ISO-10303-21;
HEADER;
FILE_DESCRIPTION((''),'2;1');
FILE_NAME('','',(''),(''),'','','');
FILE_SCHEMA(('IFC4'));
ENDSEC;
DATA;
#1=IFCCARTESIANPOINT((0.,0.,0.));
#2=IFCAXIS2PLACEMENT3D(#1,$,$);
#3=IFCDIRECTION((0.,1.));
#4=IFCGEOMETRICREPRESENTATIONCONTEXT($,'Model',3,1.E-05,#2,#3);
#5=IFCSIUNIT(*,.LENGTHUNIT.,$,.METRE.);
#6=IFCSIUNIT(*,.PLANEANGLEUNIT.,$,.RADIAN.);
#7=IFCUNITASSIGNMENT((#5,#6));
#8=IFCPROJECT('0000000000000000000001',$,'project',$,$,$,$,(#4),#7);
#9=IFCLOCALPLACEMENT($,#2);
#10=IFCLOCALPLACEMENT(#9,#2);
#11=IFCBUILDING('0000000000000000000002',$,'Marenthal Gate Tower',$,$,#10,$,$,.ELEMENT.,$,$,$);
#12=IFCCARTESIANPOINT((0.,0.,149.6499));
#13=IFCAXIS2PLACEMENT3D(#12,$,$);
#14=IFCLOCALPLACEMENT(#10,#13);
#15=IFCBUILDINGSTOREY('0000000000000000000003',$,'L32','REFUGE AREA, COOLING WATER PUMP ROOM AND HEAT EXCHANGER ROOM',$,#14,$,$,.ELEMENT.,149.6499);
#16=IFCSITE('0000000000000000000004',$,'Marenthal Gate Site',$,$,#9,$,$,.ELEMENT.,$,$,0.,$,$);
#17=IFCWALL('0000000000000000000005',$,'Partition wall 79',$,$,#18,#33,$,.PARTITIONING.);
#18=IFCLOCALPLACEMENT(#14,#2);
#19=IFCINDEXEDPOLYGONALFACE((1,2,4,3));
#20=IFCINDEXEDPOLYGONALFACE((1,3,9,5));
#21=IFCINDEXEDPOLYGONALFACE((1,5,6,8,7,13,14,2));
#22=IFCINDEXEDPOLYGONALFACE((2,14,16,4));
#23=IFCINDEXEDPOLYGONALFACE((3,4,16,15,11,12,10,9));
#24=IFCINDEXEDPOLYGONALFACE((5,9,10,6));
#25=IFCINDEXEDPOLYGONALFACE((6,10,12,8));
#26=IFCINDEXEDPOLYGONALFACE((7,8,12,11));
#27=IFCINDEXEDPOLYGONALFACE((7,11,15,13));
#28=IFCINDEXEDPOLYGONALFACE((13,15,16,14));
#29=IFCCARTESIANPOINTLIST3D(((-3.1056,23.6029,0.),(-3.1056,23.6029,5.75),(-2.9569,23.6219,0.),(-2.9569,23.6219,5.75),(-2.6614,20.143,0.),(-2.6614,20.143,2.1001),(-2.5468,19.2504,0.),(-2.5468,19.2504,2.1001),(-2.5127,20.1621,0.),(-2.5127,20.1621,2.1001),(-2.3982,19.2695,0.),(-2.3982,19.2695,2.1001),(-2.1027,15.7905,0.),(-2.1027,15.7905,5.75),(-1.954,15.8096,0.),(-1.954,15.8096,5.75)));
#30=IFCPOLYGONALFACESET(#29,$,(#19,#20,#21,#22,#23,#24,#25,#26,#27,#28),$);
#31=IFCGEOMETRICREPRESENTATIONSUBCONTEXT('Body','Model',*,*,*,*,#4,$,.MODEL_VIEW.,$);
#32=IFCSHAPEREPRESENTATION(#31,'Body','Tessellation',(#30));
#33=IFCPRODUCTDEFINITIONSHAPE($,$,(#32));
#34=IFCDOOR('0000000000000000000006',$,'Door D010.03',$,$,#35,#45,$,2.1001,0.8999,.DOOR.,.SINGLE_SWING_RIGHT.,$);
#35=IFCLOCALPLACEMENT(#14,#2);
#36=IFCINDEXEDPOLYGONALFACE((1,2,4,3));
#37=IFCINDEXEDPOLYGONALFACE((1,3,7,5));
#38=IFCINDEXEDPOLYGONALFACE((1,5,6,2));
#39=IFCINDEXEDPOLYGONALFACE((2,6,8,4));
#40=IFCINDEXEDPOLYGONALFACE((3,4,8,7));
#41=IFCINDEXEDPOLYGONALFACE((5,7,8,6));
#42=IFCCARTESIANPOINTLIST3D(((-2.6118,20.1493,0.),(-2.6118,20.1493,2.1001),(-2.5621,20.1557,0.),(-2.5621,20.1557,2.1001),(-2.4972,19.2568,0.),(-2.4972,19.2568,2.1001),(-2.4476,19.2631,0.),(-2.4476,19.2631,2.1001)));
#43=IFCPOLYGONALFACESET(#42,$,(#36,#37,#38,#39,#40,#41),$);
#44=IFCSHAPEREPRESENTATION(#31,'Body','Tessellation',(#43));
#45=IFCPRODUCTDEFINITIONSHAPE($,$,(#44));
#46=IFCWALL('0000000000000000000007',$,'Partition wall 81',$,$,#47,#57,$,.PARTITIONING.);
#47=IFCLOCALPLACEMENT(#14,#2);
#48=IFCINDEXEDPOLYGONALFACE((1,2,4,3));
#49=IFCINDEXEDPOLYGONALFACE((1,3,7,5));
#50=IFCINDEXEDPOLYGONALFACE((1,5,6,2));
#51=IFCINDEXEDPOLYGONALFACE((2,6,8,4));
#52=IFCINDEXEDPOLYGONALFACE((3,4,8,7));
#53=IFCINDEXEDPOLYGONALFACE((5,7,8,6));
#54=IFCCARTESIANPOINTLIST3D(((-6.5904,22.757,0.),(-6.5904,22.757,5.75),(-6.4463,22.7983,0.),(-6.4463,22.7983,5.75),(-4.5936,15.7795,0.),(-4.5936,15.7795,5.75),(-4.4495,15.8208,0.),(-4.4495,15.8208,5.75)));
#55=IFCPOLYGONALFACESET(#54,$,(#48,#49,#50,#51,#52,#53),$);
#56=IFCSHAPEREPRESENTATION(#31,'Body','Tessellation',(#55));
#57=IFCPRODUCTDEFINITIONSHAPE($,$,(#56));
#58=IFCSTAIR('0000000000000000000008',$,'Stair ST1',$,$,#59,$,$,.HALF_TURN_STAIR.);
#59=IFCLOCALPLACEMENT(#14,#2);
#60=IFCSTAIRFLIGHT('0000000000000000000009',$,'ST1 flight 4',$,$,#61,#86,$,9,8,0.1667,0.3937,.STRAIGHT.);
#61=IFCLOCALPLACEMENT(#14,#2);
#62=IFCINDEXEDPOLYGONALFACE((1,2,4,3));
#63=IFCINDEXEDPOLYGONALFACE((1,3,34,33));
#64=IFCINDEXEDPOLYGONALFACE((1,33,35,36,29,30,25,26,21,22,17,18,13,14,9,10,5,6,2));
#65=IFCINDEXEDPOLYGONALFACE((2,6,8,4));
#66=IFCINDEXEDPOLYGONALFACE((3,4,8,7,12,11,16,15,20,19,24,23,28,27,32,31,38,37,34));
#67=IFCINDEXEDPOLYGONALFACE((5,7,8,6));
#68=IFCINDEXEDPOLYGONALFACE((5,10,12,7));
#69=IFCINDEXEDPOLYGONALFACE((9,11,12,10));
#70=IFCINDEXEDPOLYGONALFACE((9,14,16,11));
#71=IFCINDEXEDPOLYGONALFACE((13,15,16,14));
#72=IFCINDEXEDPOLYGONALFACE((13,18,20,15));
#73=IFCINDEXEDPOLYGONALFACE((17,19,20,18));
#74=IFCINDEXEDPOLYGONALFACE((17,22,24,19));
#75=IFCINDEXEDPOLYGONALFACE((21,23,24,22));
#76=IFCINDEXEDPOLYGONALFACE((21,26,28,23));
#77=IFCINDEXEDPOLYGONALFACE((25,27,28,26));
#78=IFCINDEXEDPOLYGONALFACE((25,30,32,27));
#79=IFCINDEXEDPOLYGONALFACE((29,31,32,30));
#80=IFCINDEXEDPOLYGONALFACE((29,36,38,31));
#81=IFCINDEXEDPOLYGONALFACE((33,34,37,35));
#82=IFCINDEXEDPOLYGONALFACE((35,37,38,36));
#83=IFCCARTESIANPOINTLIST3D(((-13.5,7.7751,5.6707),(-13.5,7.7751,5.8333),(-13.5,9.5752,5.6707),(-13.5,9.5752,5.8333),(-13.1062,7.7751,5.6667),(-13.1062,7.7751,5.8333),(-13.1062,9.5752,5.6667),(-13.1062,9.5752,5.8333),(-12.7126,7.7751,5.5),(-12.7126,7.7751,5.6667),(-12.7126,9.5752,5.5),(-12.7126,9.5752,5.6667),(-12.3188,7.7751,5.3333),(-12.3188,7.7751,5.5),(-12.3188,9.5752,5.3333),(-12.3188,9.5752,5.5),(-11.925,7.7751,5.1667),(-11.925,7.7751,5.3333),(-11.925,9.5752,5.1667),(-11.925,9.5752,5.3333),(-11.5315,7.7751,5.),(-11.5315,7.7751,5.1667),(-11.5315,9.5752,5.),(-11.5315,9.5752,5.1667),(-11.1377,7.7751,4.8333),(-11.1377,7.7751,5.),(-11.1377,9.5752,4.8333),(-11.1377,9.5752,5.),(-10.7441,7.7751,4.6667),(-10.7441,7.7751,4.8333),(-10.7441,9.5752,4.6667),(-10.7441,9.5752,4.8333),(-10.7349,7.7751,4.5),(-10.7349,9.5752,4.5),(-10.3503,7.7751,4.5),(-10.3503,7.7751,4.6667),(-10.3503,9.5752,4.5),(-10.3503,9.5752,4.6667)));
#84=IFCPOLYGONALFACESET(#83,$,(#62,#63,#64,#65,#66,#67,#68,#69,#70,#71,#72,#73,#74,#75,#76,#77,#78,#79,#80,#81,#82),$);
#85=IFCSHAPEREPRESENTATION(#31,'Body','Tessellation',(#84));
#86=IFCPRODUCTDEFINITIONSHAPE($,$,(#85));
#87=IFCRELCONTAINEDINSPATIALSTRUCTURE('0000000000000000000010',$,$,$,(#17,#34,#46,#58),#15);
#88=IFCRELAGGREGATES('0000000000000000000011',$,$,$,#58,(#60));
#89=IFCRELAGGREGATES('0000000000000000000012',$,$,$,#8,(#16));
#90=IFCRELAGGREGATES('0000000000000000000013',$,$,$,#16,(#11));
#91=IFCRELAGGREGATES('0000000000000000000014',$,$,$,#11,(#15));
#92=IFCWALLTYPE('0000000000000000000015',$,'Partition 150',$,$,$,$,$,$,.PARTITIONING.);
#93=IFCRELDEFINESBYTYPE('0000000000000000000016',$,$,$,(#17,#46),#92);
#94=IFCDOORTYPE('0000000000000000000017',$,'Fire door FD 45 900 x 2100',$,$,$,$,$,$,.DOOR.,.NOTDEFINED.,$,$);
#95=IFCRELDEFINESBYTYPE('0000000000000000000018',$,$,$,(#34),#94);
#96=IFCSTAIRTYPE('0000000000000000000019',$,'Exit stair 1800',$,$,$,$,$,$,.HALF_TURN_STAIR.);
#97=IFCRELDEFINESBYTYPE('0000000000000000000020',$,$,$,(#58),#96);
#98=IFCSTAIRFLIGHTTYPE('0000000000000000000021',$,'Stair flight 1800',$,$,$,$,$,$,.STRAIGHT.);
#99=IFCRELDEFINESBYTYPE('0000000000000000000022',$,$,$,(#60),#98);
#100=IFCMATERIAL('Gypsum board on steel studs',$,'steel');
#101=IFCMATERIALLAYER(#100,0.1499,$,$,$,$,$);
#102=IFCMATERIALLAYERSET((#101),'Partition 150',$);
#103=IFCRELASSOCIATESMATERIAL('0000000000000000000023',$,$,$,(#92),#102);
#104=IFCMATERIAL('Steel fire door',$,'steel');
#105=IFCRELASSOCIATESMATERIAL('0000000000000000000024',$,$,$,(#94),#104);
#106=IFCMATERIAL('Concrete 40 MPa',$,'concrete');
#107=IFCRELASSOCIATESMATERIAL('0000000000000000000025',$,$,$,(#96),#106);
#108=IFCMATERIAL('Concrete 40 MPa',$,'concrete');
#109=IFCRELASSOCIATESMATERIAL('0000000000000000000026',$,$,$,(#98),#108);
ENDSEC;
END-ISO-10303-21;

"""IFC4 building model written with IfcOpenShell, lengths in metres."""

from ifc_helpers import new_model, si_unit, direction, frame, frame_2d, origin, place, context, subcontext, project, spatial, polyline, rectangle, outline, extrude, material, layer, layer_set, type_object, element, fill, aggregate, save


model = new_model("IFC4")

# Units and contexts
model_context = context("Model", 3, precision=1e-05, world=origin(), true_north=direction((0.0, 1.0)))
body_context = subcontext(model_context, "Body", "Model", "MODEL_VIEW")
ifc_project = project(units=[si_unit("LENGTHUNIT", "METRE"), si_unit("PLANEANGLEUNIT", "RADIAN")], contexts=[model_context])

# Site, building, storey
site_placement = place(None, origin())
site = spatial("IfcSite", under=ifc_project, at=site_placement, Name="Marenthal Gate Site", CompositionType="ELEMENT", RefElevation=0.0)
building_placement = place(site_placement, origin())
building = spatial("IfcBuilding", under=site, at=building_placement, Name="Marenthal Gate Tower", CompositionType="ELEMENT")
storey_placement = place(building_placement, frame((0.0, 0.0, 149.6499)))
storey = spatial("IfcBuildingStorey", under=building, at=storey_placement, Name="L32", Description="REFUGE AREA, COOLING WATER PUMP ROOM AND HEAT EXCHANGER ROOM", CompositionType="ELEMENT", Elevation=149.6499)

# Shared definitions
ifc_material_1 = material(Name="Gypsum board on steel studs", Category="steel")
ifc_layer_1 = layer(ifc_material_1, 0.1499)
ifc_layer_set_1 = layer_set([ifc_layer_1], Name="Partition 150")
wall_type_1 = type_object("IfcWallType", Name="Partition 150", PredefinedType="PARTITIONING", material=ifc_layer_set_1)

# Wall, opening, door
wall_1_placement = place(storey_placement, frame((-2.0283, 15.8, 0.0), z_axis=(0.0, 0.0, 1.0), x_axis=(-0.127334, 0.99186, 0.0)))
wall_1 = element("IfcWall", 1, at=wall_1_placement, inside=storey, type_object=wall_type_1, Name="Partition wall 79", PredefinedType="PARTITIONING", context=body_context, shape_type="SweptSolid", body=[
    extrude(rectangle(XDim=7.8765, YDim=0.1499, at=frame_2d((3.9382, 0.0))), origin(), (0.0, 0.0, 1.0), 5.75),
])
opening_1_placement = place(wall_1_placement, frame((3.4883, 0.0, 0.0)))
opening_1 = element("IfcOpeningElement", 2, at=opening_1_placement, cuts=wall_1, PredefinedType="OPENING", context=body_context, shape_type="SweptSolid", body=[
    extrude(rectangle(XDim=0.8999, YDim=2.1001, at=frame_2d((0.45, 1.05))), frame((0.0, 0.085, 0.0), z_axis=(0.0, -1.0, 0.0), x_axis=(1.0, 0.0, 0.0)), (0.0, 0.0, 1.0), 0.1699),
])
ifc_material_2 = material(Name="Steel fire door", Category="steel")
door_type_1 = type_object("IfcDoorType", Name="Fire door FD 45 900 x 2100", OperationType="NOTDEFINED", PredefinedType="DOOR", material=ifc_material_2)
door_1_placement = place(opening_1_placement, origin())
door_1 = element("IfcDoor", 3, at=door_1_placement, inside=storey, type_object=door_type_1, Name="Door D010.03", OperationType="SINGLE_SWING_RIGHT", OverallHeight=2.1001, OverallWidth=0.8999, PredefinedType="DOOR", context=body_context, shape_type="SweptSolid", body=[
    extrude(rectangle(XDim=0.8999, YDim=2.1001, at=frame_2d((0.45, 1.05))), frame((0.0, 0.0249, 0.0), z_axis=(0.0, -1.0, 0.0), x_axis=(1.0, 0.0, 0.0)), (0.0, 0.0, 1.0), 0.05),
])
fill(opening_1, door_1)

# Wall
wall_2_placement = place(storey_placement, frame((-4.5215, 15.8, 0.0), z_axis=(0.0, 0.0, 1.0), x_axis=(-0.275134, 0.961406, 0.0)))
element("IfcWall", 4, at=wall_2_placement, inside=storey, type_object=wall_type_1, Name="Partition wall 81", PredefinedType="PARTITIONING", context=body_context, shape_type="SweptSolid", body=[
    extrude(rectangle(XDim=7.2576, YDim=0.1499, at=frame_2d((3.6289, 0.0))), origin(), (0.0, 0.0, 1.0), 5.75),
])

# Stair, stair flight
ifc_material_3 = material(Name="Concrete 40 MPa", Category="concrete")
stair_type = type_object("IfcStairType", Name="Exit stair 1800", PredefinedType="HALF_TURN_STAIR", material=ifc_material_3)
stair_placement = place(storey_placement, origin())
stair = element("IfcStair", 5, at=stair_placement, inside=storey, type_object=stair_type, Name="Stair ST1", PredefinedType="HALF_TURN_STAIR")
ifc_material_4 = material(Name="Concrete 40 MPa", Category="concrete")
stair_flight_type = type_object("IfcStairFlightType", Name="Stair flight 1800", PredefinedType="STRAIGHT", material=ifc_material_4)
stair_flight_placement = place(storey_placement, frame((-10.3503, 8.675, 4.5), z_axis=(0.0, 0.0, 1.0), x_axis=(-1.0, 0.0, 0.0)))
stair_flight = element("IfcStairFlight", 6, at=stair_flight_placement, type_object=stair_flight_type, Name="ST1 flight 4", NumberOfRisers=9, NumberOfTreads=8, PredefinedType="STRAIGHT", RiserHeight=0.1667, TreadLength=0.3937, context=body_context, shape_type="SweptSolid", body=[
    extrude(outline(polyline([(0.0, 0.0), (0.0, 0.1667), (0.3938, 0.1667), (0.3938, 0.3333), (0.7874, 0.3333), (0.7874, 0.5), (1.1812, 0.5), (1.1812, 0.6667), (1.5747, 0.6667), (1.5747, 0.8333), (1.9685, 0.8333), (1.9685, 1.0), (2.3623, 1.0), (2.3623, 1.1667), (2.7559, 1.1667), (2.7559, 1.3333), (3.1497, 1.3333), (3.1497, 1.5), (3.1497, 1.1707), (0.3845, 0.0), (0.0, 0.0)])), frame((0.0, 0.8999, 0.0), z_axis=(0.0, -1.0, 0.0), x_axis=(1.0, 0.0, 0.0)), (0.0, 0.0, 1.0), 1.8),
])
aggregate(stair, [stair_flight])

save(model, "model.ifc")
